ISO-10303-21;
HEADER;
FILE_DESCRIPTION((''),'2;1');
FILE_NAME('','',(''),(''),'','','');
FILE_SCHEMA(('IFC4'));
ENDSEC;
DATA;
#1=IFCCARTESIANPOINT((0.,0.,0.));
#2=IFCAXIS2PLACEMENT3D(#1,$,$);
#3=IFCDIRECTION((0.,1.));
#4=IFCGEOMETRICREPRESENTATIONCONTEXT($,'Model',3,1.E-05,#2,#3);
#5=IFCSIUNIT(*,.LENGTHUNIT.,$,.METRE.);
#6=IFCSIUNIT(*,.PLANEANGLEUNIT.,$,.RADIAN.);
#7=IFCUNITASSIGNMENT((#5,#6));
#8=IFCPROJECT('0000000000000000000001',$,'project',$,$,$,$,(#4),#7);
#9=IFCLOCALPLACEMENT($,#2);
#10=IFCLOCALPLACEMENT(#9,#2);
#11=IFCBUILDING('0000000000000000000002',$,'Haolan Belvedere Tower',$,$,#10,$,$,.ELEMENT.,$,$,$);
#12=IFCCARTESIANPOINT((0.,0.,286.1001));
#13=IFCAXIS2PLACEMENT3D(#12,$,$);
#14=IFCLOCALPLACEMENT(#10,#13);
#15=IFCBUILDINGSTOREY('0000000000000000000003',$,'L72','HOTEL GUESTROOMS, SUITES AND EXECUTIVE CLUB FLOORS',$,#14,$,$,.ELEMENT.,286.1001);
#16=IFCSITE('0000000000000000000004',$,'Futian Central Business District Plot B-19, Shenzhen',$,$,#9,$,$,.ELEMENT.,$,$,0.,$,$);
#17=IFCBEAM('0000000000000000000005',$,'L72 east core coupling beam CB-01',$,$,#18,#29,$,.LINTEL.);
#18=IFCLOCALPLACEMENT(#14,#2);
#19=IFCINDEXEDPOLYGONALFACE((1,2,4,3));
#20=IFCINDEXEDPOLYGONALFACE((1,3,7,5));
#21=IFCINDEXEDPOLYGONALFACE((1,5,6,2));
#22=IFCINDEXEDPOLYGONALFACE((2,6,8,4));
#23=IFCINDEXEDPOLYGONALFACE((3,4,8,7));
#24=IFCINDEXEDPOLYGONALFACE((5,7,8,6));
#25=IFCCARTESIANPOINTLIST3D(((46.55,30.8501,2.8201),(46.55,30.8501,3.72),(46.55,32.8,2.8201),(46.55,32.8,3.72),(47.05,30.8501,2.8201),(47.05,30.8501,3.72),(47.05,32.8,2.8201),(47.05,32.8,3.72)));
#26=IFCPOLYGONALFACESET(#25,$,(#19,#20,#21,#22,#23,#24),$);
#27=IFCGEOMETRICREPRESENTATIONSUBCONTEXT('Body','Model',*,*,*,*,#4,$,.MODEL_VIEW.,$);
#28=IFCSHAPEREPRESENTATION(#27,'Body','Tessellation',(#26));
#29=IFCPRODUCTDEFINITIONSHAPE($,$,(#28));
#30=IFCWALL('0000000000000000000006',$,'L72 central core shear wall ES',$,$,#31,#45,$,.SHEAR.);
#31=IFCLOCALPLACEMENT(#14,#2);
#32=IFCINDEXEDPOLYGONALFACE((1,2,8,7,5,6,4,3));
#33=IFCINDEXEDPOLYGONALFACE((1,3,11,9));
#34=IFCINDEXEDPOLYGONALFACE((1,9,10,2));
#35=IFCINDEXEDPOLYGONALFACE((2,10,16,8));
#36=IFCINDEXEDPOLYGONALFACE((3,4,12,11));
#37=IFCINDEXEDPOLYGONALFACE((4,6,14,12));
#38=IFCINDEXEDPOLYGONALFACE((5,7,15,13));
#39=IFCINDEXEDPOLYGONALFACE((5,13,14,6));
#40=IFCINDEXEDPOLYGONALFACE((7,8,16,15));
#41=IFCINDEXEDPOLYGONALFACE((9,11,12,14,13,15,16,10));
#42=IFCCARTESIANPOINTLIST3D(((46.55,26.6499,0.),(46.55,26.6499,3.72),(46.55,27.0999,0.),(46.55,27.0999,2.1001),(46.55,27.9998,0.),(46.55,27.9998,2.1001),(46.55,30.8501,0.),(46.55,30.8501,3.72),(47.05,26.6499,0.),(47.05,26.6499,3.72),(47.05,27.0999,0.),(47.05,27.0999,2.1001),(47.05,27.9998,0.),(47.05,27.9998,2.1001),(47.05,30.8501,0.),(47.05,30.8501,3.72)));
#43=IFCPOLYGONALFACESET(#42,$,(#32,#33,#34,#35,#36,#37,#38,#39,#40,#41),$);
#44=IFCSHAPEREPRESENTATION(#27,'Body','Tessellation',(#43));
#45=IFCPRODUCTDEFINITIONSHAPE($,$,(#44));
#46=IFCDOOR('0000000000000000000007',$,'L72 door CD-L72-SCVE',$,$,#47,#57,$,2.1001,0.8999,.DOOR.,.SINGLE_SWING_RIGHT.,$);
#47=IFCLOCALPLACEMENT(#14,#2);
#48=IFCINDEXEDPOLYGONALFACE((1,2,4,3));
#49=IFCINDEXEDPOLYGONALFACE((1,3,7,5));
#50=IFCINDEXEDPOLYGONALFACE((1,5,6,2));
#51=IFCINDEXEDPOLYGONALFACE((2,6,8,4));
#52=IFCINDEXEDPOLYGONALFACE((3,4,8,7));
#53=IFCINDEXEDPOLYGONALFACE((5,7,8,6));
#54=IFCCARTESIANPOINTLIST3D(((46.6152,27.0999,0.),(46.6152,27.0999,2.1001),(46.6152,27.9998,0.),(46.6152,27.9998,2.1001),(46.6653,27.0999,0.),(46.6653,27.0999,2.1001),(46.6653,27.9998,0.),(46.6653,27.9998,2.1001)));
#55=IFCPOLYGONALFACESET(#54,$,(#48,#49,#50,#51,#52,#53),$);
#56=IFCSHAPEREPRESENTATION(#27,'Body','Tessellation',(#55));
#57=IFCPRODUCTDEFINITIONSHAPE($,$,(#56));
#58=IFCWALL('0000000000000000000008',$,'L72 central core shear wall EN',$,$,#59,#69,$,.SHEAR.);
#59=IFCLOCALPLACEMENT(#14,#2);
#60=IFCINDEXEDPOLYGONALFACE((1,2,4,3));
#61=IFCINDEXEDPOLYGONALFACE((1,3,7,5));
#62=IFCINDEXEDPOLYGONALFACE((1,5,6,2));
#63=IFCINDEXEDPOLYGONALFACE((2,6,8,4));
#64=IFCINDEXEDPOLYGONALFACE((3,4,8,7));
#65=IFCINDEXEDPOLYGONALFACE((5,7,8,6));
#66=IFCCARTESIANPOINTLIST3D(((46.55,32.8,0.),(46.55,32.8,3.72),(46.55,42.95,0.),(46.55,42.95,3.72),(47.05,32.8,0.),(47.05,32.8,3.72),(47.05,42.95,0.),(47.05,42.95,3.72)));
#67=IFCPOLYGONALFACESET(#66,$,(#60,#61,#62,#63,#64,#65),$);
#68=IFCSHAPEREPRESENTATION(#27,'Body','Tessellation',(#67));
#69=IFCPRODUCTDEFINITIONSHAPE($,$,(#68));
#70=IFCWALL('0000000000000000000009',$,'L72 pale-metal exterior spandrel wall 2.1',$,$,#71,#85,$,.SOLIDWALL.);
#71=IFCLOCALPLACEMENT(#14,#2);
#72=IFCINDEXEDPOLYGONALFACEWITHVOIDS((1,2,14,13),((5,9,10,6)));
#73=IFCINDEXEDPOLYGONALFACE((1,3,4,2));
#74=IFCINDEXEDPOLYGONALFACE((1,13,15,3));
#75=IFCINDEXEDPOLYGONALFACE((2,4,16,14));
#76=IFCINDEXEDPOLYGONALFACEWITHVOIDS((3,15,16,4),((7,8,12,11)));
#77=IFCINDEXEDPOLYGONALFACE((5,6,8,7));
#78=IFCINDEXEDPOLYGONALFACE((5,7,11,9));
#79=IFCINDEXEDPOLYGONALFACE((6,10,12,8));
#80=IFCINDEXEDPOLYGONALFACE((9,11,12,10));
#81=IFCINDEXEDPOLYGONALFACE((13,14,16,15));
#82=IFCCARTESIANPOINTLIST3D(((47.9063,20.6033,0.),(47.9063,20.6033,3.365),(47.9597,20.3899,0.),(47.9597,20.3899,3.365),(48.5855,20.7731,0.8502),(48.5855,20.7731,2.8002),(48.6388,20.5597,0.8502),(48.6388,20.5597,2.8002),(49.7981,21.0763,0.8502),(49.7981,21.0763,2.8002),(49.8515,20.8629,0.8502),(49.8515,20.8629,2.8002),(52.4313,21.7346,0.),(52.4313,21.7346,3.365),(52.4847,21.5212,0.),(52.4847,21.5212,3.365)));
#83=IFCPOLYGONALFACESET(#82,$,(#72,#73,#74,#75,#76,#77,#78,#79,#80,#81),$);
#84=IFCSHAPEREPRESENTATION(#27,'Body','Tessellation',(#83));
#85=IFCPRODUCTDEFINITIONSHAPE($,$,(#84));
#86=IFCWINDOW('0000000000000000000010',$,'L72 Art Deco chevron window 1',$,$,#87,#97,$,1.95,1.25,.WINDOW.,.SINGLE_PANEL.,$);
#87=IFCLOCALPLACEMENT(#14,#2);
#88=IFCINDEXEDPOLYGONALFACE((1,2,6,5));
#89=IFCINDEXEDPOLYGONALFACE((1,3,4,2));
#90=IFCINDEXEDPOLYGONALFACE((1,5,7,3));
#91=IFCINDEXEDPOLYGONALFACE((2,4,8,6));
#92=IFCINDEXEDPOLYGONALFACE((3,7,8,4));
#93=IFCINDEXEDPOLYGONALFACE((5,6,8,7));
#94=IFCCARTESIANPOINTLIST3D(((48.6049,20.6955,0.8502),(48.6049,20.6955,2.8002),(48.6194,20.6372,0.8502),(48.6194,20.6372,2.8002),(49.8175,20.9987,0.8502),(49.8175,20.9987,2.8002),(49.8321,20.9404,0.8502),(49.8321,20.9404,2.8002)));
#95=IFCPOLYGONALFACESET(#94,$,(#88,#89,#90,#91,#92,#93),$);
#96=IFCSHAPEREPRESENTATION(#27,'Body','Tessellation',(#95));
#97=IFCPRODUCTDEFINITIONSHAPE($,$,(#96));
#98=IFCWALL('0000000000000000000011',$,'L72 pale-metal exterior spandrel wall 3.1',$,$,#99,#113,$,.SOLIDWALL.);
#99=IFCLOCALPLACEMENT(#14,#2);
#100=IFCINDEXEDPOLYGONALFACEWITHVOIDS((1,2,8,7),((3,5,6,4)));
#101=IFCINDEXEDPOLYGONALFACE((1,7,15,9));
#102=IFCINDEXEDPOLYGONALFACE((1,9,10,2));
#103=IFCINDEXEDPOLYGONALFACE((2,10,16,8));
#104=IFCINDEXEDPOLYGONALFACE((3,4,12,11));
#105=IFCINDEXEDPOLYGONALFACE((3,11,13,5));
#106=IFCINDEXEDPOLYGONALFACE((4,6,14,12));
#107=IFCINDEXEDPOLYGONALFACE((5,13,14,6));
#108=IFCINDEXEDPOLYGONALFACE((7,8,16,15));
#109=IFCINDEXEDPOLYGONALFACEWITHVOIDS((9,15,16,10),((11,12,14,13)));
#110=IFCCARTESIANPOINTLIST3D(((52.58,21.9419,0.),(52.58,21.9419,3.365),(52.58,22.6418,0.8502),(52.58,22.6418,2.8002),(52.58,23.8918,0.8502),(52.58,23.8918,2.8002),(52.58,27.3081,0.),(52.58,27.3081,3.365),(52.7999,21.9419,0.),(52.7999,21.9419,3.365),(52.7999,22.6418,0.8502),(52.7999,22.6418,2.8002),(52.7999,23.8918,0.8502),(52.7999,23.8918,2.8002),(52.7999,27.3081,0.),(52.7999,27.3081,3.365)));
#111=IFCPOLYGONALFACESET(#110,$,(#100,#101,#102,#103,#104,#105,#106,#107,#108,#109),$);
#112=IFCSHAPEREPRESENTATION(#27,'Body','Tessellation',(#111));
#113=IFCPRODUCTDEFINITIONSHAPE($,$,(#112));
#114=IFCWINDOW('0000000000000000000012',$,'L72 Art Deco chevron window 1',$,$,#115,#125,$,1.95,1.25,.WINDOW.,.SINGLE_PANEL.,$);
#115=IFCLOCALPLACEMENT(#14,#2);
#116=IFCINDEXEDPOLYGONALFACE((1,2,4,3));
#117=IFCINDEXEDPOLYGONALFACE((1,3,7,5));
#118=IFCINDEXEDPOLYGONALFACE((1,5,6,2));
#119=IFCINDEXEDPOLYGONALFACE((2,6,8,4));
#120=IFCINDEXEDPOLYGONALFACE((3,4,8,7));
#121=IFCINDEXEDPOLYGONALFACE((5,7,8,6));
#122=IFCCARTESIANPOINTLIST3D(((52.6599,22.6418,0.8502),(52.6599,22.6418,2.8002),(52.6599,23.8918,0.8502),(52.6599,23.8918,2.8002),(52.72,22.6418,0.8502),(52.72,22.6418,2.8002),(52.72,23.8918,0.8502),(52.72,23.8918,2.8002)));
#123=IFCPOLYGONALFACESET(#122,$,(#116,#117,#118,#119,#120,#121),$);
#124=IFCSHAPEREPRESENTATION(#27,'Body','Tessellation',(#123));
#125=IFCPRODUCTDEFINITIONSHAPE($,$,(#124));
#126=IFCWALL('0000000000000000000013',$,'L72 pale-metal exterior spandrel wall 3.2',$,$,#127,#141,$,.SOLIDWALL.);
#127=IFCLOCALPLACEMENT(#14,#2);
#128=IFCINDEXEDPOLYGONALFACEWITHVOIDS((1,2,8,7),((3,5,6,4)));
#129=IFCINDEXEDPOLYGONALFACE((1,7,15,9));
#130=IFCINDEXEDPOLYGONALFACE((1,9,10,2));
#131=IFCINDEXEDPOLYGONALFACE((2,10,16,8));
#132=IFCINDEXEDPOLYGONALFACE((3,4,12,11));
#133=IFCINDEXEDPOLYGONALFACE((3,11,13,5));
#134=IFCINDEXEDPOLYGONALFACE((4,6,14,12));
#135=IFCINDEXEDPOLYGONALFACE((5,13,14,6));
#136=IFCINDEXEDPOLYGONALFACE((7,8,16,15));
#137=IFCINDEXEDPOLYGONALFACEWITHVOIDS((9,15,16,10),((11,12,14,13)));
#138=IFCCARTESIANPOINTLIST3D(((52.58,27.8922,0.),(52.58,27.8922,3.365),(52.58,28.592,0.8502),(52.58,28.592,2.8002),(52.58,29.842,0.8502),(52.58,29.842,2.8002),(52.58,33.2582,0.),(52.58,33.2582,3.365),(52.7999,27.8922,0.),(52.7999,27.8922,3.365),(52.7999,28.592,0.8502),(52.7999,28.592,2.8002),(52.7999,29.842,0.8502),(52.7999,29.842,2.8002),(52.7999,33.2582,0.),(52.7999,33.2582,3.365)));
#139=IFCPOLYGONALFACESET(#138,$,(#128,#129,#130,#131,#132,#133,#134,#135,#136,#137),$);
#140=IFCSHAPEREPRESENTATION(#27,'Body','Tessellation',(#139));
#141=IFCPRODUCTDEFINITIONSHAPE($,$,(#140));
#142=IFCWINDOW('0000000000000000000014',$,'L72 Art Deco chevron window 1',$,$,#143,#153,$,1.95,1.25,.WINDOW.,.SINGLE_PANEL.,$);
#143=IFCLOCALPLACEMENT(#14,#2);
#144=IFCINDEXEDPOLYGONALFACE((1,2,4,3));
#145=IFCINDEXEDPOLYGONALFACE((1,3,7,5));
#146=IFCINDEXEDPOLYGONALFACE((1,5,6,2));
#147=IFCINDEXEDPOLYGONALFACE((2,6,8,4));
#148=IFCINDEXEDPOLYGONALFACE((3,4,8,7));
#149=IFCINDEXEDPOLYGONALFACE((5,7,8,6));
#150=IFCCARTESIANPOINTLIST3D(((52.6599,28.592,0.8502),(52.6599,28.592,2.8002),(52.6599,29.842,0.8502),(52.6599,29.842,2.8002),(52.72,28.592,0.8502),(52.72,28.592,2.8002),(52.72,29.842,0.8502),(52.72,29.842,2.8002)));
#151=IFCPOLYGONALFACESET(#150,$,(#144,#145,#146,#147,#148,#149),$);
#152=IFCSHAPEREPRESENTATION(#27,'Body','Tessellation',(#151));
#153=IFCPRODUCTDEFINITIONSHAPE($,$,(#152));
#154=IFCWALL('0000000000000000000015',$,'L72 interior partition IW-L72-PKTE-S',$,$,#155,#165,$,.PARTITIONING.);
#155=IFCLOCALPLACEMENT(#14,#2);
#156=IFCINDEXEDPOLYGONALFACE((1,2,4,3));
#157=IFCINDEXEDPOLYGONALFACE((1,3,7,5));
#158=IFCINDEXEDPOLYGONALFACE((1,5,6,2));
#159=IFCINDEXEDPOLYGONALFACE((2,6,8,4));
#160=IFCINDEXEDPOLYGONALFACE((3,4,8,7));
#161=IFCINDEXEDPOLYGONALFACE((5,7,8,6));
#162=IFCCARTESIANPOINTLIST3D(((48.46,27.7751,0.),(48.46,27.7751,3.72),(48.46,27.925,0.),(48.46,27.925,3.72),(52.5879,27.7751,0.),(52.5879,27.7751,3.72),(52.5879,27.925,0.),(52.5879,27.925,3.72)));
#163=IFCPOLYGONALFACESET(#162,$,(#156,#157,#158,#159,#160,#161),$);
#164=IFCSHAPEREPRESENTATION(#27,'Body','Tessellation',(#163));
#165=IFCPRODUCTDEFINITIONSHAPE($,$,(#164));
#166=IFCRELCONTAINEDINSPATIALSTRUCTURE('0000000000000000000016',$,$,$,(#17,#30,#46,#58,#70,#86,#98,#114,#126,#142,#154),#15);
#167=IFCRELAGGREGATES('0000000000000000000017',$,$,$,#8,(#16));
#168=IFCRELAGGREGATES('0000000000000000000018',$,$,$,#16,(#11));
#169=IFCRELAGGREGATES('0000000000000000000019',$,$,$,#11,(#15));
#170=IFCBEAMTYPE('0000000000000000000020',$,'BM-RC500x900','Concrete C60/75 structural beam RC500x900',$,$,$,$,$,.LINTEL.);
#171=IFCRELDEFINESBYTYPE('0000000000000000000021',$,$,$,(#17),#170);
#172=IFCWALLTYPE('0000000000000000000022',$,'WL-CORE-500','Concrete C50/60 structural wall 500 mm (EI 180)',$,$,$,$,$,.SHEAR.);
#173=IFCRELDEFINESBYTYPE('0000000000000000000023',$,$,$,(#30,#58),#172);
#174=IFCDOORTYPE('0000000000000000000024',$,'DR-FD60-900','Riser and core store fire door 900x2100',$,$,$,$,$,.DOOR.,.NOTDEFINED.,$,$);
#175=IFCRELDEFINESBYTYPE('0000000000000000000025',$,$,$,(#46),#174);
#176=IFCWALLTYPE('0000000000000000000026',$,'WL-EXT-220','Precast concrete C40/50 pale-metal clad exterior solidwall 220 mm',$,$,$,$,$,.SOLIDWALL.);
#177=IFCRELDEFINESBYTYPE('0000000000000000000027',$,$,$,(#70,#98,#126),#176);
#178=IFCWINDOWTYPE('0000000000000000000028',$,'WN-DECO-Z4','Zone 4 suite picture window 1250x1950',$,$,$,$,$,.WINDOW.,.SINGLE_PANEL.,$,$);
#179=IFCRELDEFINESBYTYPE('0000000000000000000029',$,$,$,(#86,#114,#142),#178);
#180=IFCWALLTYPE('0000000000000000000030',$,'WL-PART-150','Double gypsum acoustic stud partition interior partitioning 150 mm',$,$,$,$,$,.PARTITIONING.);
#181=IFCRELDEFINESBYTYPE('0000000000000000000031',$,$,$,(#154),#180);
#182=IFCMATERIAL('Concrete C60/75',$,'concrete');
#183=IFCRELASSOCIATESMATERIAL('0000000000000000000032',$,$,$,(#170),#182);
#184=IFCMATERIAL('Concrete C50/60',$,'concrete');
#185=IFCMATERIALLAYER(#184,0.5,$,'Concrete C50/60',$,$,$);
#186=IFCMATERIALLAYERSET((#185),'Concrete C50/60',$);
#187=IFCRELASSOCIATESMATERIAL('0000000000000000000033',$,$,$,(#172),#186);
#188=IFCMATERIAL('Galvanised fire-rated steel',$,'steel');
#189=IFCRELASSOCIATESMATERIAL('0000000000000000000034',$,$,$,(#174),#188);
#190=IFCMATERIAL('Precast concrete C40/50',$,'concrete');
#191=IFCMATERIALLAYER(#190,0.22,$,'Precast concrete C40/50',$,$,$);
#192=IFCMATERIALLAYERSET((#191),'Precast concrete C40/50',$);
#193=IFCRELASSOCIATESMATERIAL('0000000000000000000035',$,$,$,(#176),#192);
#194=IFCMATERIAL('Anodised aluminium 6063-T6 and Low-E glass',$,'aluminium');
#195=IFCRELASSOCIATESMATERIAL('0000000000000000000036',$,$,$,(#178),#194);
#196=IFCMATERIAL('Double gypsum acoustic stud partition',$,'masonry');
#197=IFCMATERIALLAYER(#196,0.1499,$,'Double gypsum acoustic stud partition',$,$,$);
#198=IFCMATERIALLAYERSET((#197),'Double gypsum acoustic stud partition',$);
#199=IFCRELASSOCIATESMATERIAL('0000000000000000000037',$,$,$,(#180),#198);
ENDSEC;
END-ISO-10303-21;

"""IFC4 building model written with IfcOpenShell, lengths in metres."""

from ifc_helpers import new_model, si_unit, direction, frame, frame_2d, origin, origin_2d, place, context, subcontext, project, spatial, rectangle, extrude, material, layer, layer_set, material_profile, profile_set, type_object, element, fill, save


model = new_model("IFC4")

# Units and contexts
model_context = context("Model", 3, precision=1e-05, world=origin(), true_north=direction((0.0, 1.0)))
body_context = subcontext(model_context, "Body", "Model", "MODEL_VIEW")
ifc_project = project(units=[si_unit("LENGTHUNIT", "METRE"), si_unit("PLANEANGLEUNIT", "RADIAN")], contexts=[model_context])

# Site, building, storey
site_placement = place(None, origin())
site = spatial("IfcSite", under=ifc_project, at=site_placement, Name="Futian Central Business District Plot B-19, Shenzhen", CompositionType="ELEMENT", RefElevation=0.0)
building_placement = place(site_placement, origin())
building = spatial("IfcBuilding", under=site, at=building_placement, Name="Haolan Belvedere Tower", CompositionType="ELEMENT")
storey_placement = place(building_placement, frame((0.0, 0.0, 286.1001)))
storey = spatial("IfcBuildingStorey", under=building, at=storey_placement, Name="L72", Description="HOTEL GUESTROOMS, SUITES AND EXECUTIVE CLUB FLOORS", CompositionType="ELEMENT", Elevation=286.1001)

# Beam
ifc_material_1 = material(Name="Concrete C60/75", Category="concrete")
ifc_material_profile_1 = material_profile(ifc_material_1, rectangle(XDim=0.5, YDim=0.8999, at=origin_2d()), Name="Concrete C60/75")
ifc_profile_set_1 = profile_set([ifc_material_profile_1], Name="Concrete C60/75")
beam_type_1 = type_object("IfcBeamType", Name="BM-RC500x900", Description="Concrete C60/75 structural beam RC500x900", PredefinedType="LINTEL", material=ifc_profile_set_1)
beam_1_placement = place(storey_placement, frame((46.8, 30.8501, 3.27), z_axis=(0.0, 1.0, 0.0), x_axis=(-1.0, 0.0, 0.0)))
element("IfcBeam", 1, at=beam_1_placement, inside=storey, type_object=beam_type_1, Name="L72 east core coupling beam CB-01", PredefinedType="LINTEL", context=body_context, shape_type="SweptSolid", body=[
    extrude(rectangle(XDim=0.5, YDim=0.8999, at=origin_2d()), origin(), (0.0, 0.0, 1.0), 1.95),
])

# Wall, opening, door
ifc_material_2 = material(Name="Concrete C50/60", Category="concrete")
ifc_layer_1 = layer(ifc_material_2, 0.5, Name="Concrete C50/60")
ifc_layer_set_1 = layer_set([ifc_layer_1], Name="Concrete C50/60")
wall_type_1 = type_object("IfcWallType", Name="WL-CORE-500", Description="Concrete C50/60 structural wall 500 mm (EI 180)", PredefinedType="SHEAR", material=ifc_layer_set_1)
wall_1_placement = place(storey_placement, frame((46.8, 26.6499, 0.0), z_axis=(0.0, 0.0, 1.0), x_axis=(0.0, 1.0, 0.0)))
wall_1 = element("IfcWall", 2, at=wall_1_placement, inside=storey, type_object=wall_type_1, Name="L72 central core shear wall ES", PredefinedType="SHEAR", context=body_context, shape_type="SweptSolid", body=[
    extrude(rectangle(XDim=4.2002, YDim=0.5, at=frame_2d((2.1001, 0.0))), origin(), (0.0, 0.0, 1.0), 3.72),
])
opening_1_placement = place(wall_1_placement, frame((1.3499, 0.0, 0.0), z_axis=(0.0, 0.0, 1.0), x_axis=(-1.0, 0.0, 0.0)))
opening_1 = element("IfcOpeningElement", 3, at=opening_1_placement, cuts=wall_1, PredefinedType="OPENING", context=body_context, shape_type="SweptSolid", body=[
    extrude(rectangle(XDim=0.8999, YDim=2.1001, at=frame_2d((0.45, 1.05))), frame((0.0, 0.26, 0.0), z_axis=(0.0, -1.0, 0.0), x_axis=(1.0, 0.0, 0.0)), (0.0, 0.0, 1.0), 0.52),
])
ifc_material_3 = material(Name="Galvanised fire-rated steel", Category="steel")
door_type_1 = type_object("IfcDoorType", Name="DR-FD60-900", Description="Riser and core store fire door 900x2100", OperationType="NOTDEFINED", PredefinedType="DOOR", material=ifc_material_3)
door_1_placement = place(opening_1_placement, origin())
door_1 = element("IfcDoor", 4, at=door_1_placement, inside=storey, type_object=door_type_1, Name="L72 door CD-L72-SCVE", OperationType="SINGLE_SWING_RIGHT", OverallHeight=2.1001, OverallWidth=0.8999, PredefinedType="DOOR", context=body_context, shape_type="SweptSolid", body=[
    extrude(rectangle(XDim=0.8999, YDim=2.1001, at=frame_2d((0.45, 1.05))), frame((0.0, -0.1348, 0.0), z_axis=(0.0, -1.0, 0.0), x_axis=(1.0, 0.0, 0.0)), (0.0, 0.0, 1.0), 0.05),
])
fill(opening_1, door_1)

# Wall
wall_2_placement = place(storey_placement, frame((46.8, 32.8, 0.0), z_axis=(0.0, 0.0, 1.0), x_axis=(0.0, 1.0, 0.0)))
element("IfcWall", 5, at=wall_2_placement, inside=storey, type_object=wall_type_1, Name="L72 central core shear wall EN", PredefinedType="SHEAR", context=body_context, shape_type="SweptSolid", body=[
    extrude(rectangle(XDim=10.1499, YDim=0.5, at=frame_2d((5.075, 0.0))), origin(), (0.0, 0.0, 1.0), 3.72),
])

# Walls, openings, windows
ifc_material_4 = material(Name="Precast concrete C40/50", Category="concrete")
ifc_layer_2 = layer(ifc_material_4, 0.22, Name="Precast concrete C40/50")
ifc_layer_set_2 = layer_set([ifc_layer_2], Name="Precast concrete C40/50")
wall_type_2 = type_object("IfcWallType", Name="WL-EXT-220", Description="Precast concrete C40/50 pale-metal clad exterior solidwall 220 mm", PredefinedType="SOLIDWALL", material=ifc_layer_set_2)
wall_3_placement = place(storey_placement, frame((47.9331, 20.4966, 0.0), z_axis=(0.0, 0.0, 1.0), x_axis=(0.970136, 0.24256, 0.0)))
wall_3 = element("IfcWall", 6, at=wall_3_placement, inside=storey, type_object=wall_type_2, Name="L72 pale-metal exterior spandrel wall 2.1", PredefinedType="SOLIDWALL", context=body_context, shape_type="SweptSolid", body=[
    extrude(rectangle(XDim=4.6643, YDim=0.22, at=frame_2d((2.332, 0.0))), origin(), (0.0, 0.0, 1.0), 3.365),
])
opening_2_placement = place(wall_3_placement, frame((0.7, 0.0, 0.8501)))
opening_2 = element("IfcOpeningElement", 7, at=opening_2_placement, cuts=wall_3, PredefinedType="OPENING", context=body_context, shape_type="SweptSolid", body=[
    extrude(rectangle(XDim=1.25, YDim=1.95, at=frame_2d((0.625, 0.9751))), frame((0.0, 0.1199, 0.0), z_axis=(0.0, -1.0, 0.0), x_axis=(1.0, 0.0, 0.0)), (0.0, 0.0, 1.0), 0.24),
])
ifc_material_5 = material(Name="Anodised aluminium 6063-T6 and Low-E glass", Category="aluminium")
window_type = type_object("IfcWindowType", Name="WN-DECO-Z4", Description="Zone 4 suite picture window 1250x1950", PartitioningType="SINGLE_PANEL", PredefinedType="WINDOW", material=ifc_material_5)
window_1_placement = place(opening_2_placement, origin())
window_1 = element("IfcWindow", 8, at=window_1_placement, inside=storey, type_object=window_type, Name="L72 Art Deco chevron window 1", OverallHeight=1.95, OverallWidth=1.25, PartitioningType="SINGLE_PANEL", PredefinedType="WINDOW", context=body_context, shape_type="SweptSolid", body=[
    extrude(rectangle(XDim=1.25, YDim=1.95, at=frame_2d((0.625, 0.9751))), frame((0.0, 0.03, 0.0), z_axis=(0.0, -1.0, 0.0), x_axis=(1.0, 0.0, 0.0)), (0.0, 0.0, 1.0), 0.0601),
])
fill(opening_2, window_1)
wall_4_placement = place(storey_placement, frame((52.6899, 21.9419, 0.0), z_axis=(0.0, 0.0, 1.0), x_axis=(0.0, 1.0, 0.0)))
wall_4 = element("IfcWall", 9, at=wall_4_placement, inside=storey, type_object=wall_type_2, Name="L72 pale-metal exterior spandrel wall 3.1", PredefinedType="SOLIDWALL", context=body_context, shape_type="SweptSolid", body=[
    extrude(rectangle(XDim=5.3662, YDim=0.22, at=frame_2d((2.6831, 0.0))), origin(), (0.0, 0.0, 1.0), 3.365),
])
opening_3_placement = place(wall_4_placement, frame((0.7, 0.0, 0.8501)))
opening_3 = element("IfcOpeningElement", 10, at=opening_3_placement, cuts=wall_4, PredefinedType="OPENING", context=body_context, shape_type="SweptSolid", body=[
    extrude(rectangle(XDim=1.25, YDim=1.95, at=frame_2d((0.625, 0.9751))), frame((0.0, 0.1199, 0.0), z_axis=(0.0, -1.0, 0.0), x_axis=(1.0, 0.0, 0.0)), (0.0, 0.0, 1.0), 0.24),
])
window_2_placement = place(opening_3_placement, origin())
window_2 = element("IfcWindow", 11, at=window_2_placement, inside=storey, type_object=window_type, Name="L72 Art Deco chevron window 1", OverallHeight=1.95, OverallWidth=1.25, PartitioningType="SINGLE_PANEL", PredefinedType="WINDOW", context=body_context, shape_type="SweptSolid", body=[
    extrude(rectangle(XDim=1.25, YDim=1.95, at=frame_2d((0.625, 0.9751))), frame((0.0, 0.03, 0.0), z_axis=(0.0, -1.0, 0.0), x_axis=(1.0, 0.0, 0.0)), (0.0, 0.0, 1.0), 0.0601),
])
fill(opening_3, window_2)
wall_5_placement = place(storey_placement, frame((52.6899, 27.8921, 0.0), z_axis=(0.0, 0.0, 1.0), x_axis=(0.0, 1.0, 0.0)))
wall_5 = element("IfcWall", 12, at=wall_5_placement, inside=storey, type_object=wall_type_2, Name="L72 pale-metal exterior spandrel wall 3.2", PredefinedType="SOLIDWALL", context=body_context, shape_type="SweptSolid", body=[
    extrude(rectangle(XDim=5.366, YDim=0.22, at=frame_2d((2.6831, 0.0))), origin(), (0.0, 0.0, 1.0), 3.365),
])
opening_4_placement = place(wall_5_placement, frame((0.7, 0.0, 0.8501)))
opening_4 = element("IfcOpeningElement", 13, at=opening_4_placement, cuts=wall_5, PredefinedType="OPENING", context=body_context, shape_type="SweptSolid", body=[
    extrude(rectangle(XDim=1.25, YDim=1.95, at=frame_2d((0.625, 0.9751))), frame((0.0, 0.1199, 0.0), z_axis=(0.0, -1.0, 0.0), x_axis=(1.0, 0.0, 0.0)), (0.0, 0.0, 1.0), 0.24),
])
window_3_placement = place(opening_4_placement, origin())
window_3 = element("IfcWindow", 14, at=window_3_placement, inside=storey, type_object=window_type, Name="L72 Art Deco chevron window 1", OverallHeight=1.95, OverallWidth=1.25, PartitioningType="SINGLE_PANEL", PredefinedType="WINDOW", context=body_context, shape_type="SweptSolid", body=[
    extrude(rectangle(XDim=1.25, YDim=1.95, at=frame_2d((0.625, 0.9751))), frame((0.0, 0.03, 0.0), z_axis=(0.0, -1.0, 0.0), x_axis=(1.0, 0.0, 0.0)), (0.0, 0.0, 1.0), 0.0601),
])
fill(opening_4, window_3)

# Wall
ifc_material_6 = material(Name="Double gypsum acoustic stud partition", Category="masonry")
ifc_layer_3 = layer(ifc_material_6, 0.1499, Name="Double gypsum acoustic stud partition")
ifc_layer_set_3 = layer_set([ifc_layer_3], Name="Double gypsum acoustic stud partition")
wall_type_3 = type_object("IfcWallType", Name="WL-PART-150", Description="Double gypsum acoustic stud partition interior partitioning 150 mm", PredefinedType="PARTITIONING", material=ifc_layer_set_3)
wall_6_placement = place(storey_placement, frame((48.46, 27.8501, 0.0), z_axis=(0.0, 0.0, 1.0), x_axis=(1.0, 0.0, 0.0)))
element("IfcWall", 15, at=wall_6_placement, inside=storey, type_object=wall_type_3, Name="L72 interior partition IW-L72-PKTE-S", PredefinedType="PARTITIONING", context=body_context, shape_type="SweptSolid", body=[
    extrude(rectangle(XDim=4.1279, YDim=0.1499, at=frame_2d((2.064, 0.0))), origin(), (0.0, 0.0, 1.0), 3.72),
])

save(model, "model.ifc")
